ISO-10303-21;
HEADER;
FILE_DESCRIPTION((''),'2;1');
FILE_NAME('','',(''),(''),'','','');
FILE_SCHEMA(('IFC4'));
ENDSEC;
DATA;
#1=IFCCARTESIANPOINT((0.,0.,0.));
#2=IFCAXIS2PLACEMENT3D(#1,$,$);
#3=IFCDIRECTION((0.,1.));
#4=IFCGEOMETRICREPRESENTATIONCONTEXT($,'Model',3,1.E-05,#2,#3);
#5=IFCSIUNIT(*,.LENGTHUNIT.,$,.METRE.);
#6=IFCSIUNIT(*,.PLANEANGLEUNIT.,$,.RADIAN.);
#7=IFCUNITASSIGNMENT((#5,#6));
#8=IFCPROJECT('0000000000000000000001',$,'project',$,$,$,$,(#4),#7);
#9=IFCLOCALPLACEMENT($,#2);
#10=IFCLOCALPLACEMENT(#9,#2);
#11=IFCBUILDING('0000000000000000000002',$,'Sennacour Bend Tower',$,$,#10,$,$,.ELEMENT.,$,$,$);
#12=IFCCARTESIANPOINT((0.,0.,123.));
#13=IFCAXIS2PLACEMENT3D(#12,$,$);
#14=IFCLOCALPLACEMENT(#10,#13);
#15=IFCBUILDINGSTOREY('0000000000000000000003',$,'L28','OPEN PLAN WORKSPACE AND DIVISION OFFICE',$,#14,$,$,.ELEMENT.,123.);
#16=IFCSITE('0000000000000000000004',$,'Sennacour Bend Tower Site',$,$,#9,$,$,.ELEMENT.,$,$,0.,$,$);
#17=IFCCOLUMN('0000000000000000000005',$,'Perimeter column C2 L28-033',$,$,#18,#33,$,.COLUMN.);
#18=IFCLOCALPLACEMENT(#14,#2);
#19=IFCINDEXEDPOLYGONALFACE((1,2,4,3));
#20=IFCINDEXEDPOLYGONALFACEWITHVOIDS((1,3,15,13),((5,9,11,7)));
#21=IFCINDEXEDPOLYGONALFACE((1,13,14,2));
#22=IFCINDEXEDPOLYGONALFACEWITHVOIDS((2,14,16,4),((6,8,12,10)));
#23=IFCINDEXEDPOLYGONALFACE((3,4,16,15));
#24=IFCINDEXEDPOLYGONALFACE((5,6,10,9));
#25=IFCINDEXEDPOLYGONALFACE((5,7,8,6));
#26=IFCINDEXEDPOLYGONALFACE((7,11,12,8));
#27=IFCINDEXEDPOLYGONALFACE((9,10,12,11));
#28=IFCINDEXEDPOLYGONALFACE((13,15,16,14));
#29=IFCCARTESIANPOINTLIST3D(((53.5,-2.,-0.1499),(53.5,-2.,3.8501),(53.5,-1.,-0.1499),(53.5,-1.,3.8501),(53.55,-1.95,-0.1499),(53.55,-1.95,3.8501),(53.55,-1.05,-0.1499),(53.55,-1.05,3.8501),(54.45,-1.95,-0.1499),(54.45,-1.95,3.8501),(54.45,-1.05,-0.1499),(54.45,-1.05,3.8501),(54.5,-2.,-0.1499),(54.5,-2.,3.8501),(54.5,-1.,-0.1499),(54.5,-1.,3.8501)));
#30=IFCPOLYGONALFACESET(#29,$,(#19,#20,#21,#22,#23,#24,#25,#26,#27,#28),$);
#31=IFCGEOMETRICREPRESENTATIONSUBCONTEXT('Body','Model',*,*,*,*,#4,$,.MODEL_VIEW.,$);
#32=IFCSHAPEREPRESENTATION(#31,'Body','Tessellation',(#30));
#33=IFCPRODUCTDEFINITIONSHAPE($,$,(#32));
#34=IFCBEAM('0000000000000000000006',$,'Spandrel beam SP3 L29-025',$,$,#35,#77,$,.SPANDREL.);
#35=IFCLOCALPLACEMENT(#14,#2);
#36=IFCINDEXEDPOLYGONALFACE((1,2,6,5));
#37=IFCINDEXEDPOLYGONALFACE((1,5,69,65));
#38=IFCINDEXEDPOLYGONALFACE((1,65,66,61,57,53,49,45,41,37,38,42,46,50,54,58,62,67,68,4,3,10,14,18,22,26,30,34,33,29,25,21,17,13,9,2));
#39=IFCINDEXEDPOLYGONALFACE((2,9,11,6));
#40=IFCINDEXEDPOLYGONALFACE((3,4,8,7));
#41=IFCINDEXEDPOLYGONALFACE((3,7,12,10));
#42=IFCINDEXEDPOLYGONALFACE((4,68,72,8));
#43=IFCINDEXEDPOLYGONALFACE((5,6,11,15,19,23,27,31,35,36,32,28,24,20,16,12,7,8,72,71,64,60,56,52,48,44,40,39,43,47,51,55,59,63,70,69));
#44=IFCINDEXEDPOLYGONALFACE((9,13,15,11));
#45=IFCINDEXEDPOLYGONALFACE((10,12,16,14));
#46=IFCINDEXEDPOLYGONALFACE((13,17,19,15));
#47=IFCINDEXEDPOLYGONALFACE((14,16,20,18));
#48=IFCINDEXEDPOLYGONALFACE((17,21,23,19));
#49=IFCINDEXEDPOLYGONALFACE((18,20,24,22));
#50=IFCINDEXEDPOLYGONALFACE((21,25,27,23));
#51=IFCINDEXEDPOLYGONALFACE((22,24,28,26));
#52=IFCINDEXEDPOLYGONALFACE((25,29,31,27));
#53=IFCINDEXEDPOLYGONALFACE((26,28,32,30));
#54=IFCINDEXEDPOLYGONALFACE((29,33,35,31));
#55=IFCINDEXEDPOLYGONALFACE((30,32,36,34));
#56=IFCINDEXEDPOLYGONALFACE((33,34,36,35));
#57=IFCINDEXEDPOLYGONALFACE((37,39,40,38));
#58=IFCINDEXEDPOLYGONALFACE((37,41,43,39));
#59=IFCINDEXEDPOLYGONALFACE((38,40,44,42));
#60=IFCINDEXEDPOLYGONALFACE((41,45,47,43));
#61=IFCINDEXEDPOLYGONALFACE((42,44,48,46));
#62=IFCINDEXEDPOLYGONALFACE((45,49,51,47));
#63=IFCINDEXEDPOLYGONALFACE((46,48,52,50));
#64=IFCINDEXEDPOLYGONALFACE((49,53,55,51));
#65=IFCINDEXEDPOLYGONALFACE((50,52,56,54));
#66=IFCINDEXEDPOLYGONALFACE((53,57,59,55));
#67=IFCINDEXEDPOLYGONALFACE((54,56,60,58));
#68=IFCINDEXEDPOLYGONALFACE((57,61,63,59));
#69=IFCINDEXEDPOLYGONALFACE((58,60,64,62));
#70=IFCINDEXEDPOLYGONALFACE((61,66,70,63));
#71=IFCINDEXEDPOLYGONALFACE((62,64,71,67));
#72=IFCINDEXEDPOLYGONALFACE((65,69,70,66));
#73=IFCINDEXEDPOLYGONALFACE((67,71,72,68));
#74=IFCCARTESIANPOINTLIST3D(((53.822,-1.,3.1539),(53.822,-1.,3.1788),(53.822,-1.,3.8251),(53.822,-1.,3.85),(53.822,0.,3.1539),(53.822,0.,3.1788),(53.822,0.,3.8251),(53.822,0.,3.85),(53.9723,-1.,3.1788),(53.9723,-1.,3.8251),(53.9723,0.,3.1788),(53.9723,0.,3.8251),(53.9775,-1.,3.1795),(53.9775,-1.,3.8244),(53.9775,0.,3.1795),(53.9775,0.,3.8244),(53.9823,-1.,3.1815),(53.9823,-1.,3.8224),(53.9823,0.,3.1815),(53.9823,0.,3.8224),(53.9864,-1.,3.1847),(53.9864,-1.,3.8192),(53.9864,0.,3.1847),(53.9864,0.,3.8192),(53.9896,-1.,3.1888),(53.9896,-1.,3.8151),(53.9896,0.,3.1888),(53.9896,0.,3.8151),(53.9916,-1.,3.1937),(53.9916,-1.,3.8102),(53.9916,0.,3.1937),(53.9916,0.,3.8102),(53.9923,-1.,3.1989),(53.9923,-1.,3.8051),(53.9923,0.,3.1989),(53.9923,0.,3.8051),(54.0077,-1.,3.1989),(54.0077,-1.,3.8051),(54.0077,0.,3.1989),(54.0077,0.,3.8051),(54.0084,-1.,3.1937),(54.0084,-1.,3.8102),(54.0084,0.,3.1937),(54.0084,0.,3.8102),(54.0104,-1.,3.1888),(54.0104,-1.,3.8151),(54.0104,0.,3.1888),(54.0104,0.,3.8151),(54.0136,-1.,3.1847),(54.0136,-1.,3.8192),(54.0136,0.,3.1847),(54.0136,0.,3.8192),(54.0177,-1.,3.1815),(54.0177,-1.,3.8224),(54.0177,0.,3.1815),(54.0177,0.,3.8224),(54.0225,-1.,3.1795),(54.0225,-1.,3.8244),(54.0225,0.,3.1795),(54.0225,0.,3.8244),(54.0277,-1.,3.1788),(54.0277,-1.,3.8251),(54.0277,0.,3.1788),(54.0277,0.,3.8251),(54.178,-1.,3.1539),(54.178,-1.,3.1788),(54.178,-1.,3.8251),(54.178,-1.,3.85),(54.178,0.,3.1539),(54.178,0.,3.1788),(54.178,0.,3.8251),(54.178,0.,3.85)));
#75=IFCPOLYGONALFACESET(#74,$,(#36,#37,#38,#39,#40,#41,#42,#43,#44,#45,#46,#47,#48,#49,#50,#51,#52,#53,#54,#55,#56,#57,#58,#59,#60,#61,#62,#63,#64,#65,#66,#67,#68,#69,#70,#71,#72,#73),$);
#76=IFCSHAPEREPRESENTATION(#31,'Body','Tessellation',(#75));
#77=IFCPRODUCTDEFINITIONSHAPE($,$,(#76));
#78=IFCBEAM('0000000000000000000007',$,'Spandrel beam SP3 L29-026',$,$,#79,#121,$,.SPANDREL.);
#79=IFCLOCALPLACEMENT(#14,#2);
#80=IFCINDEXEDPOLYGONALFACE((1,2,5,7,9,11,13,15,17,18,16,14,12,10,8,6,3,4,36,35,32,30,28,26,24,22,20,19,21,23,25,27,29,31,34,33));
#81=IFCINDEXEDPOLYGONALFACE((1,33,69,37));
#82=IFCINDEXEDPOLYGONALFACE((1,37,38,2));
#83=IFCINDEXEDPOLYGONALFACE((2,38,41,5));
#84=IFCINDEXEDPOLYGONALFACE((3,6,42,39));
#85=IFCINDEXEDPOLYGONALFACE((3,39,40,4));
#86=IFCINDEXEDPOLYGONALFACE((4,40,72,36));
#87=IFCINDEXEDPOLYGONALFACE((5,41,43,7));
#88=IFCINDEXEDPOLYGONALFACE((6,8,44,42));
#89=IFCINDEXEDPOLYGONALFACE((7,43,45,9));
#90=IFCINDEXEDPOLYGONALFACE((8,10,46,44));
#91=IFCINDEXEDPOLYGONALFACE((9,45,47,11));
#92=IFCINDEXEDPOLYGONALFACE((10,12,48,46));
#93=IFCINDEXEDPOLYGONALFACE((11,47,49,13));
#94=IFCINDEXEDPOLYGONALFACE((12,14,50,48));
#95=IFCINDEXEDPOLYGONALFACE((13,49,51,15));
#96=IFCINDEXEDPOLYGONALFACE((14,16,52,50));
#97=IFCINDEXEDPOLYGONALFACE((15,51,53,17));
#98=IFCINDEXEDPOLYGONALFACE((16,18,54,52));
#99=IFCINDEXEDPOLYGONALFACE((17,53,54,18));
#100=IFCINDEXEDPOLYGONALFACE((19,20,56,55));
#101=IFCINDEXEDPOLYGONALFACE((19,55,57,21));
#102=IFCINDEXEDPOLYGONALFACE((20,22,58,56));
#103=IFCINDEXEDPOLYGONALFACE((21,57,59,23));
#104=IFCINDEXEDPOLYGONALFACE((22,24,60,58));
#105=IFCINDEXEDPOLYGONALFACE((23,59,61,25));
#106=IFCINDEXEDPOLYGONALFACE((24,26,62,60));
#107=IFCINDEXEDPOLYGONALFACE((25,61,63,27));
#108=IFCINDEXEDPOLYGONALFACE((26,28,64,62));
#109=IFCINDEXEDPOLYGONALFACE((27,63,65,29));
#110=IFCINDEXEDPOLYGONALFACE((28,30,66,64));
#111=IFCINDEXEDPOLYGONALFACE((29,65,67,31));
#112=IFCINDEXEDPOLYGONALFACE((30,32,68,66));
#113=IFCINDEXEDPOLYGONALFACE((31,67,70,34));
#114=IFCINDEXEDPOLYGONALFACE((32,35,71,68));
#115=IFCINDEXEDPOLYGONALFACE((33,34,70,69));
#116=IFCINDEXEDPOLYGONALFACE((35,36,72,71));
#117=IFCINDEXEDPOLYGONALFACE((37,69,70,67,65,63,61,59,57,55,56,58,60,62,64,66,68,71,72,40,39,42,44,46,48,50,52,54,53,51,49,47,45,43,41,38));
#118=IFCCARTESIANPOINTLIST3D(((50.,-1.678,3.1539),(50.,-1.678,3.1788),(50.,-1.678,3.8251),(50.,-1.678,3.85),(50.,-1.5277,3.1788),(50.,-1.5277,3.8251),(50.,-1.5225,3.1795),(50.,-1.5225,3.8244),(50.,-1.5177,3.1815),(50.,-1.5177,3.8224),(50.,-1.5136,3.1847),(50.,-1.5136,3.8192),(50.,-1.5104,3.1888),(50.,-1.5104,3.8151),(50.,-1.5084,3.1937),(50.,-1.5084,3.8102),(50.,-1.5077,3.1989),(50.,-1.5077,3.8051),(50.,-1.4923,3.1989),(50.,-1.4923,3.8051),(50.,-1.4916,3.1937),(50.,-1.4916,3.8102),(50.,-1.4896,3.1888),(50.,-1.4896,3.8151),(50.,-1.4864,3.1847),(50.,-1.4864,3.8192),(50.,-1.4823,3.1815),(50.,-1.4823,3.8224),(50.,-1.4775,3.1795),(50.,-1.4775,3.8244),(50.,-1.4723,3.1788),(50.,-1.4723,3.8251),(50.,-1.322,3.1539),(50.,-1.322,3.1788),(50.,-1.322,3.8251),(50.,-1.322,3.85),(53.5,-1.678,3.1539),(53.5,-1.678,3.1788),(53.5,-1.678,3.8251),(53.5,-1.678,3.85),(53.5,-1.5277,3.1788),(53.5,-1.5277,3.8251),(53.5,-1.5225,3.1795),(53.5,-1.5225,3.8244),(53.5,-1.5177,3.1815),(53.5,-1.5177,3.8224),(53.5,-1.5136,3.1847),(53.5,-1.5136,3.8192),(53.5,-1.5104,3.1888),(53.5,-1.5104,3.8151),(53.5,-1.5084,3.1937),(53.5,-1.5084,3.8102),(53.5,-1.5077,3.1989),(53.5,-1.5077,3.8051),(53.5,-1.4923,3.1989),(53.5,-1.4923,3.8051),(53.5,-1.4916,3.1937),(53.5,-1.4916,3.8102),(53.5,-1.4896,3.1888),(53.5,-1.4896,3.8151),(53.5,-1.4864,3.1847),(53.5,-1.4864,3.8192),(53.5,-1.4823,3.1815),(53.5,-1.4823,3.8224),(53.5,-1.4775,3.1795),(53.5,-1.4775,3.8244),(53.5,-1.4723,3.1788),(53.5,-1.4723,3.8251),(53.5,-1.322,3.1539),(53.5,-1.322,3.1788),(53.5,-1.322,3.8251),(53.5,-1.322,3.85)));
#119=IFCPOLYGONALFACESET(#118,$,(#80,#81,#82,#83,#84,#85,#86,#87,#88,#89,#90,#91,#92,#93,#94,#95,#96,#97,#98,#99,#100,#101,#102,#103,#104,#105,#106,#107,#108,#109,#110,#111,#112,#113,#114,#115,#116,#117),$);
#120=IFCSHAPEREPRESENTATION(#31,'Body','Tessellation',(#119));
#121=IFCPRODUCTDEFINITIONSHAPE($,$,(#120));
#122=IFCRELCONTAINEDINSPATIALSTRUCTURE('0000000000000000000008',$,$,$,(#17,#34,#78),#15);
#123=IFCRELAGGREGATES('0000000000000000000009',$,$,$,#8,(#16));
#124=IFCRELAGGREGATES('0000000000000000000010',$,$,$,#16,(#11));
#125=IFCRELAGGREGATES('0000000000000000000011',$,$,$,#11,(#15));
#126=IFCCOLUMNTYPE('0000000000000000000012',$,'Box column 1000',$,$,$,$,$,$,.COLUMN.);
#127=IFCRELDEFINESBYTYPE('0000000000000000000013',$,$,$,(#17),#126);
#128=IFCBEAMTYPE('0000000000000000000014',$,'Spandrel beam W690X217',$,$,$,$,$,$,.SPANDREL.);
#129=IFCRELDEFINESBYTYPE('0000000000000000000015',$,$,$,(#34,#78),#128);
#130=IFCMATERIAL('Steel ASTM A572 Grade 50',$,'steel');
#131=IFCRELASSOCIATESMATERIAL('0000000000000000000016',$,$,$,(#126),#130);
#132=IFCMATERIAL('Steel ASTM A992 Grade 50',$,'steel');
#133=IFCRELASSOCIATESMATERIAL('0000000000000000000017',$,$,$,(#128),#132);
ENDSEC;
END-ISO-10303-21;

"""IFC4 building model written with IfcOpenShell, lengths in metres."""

from ifc_helpers import new_model, si_unit, direction, frame, origin, origin_2d, place, context, subcontext, project, spatial, hollow_rectangle, i_section, extrude, material, material_profile, profile_set, type_object, element, save


model = new_model("IFC4")

# Units and contexts
model_context = context("Model", 3, precision=1e-05, world=origin(), true_north=direction((0.0, 1.0)))
body_context = subcontext(model_context, "Body", "Model", "MODEL_VIEW")
ifc_project = project(units=[si_unit("LENGTHUNIT", "METRE"), si_unit("PLANEANGLEUNIT", "RADIAN")], contexts=[model_context])

# Site, building, storey
site_placement = place(None, origin())
site = spatial("IfcSite", under=ifc_project, at=site_placement, Name="Sennacour Bend Tower Site", CompositionType="ELEMENT", RefElevation=0.0)
building_placement = place(site_placement, origin())
building = spatial("IfcBuilding", under=site, at=building_placement, Name="Sennacour Bend Tower", CompositionType="ELEMENT")
storey_placement = place(building_placement, frame((0.0, 0.0, 123.0)))
storey = spatial("IfcBuildingStorey", under=building, at=storey_placement, Name="L28", Description="OPEN PLAN WORKSPACE AND DIVISION OFFICE", CompositionType="ELEMENT", Elevation=123.0)

# Column
ifc_material_1 = material(Name="Steel ASTM A572 Grade 50", Category="steel")
ifc_material_profile_1 = material_profile(ifc_material_1, hollow_rectangle(XDim=1.0, YDim=1.0, WallThickness=0.05, at=origin_2d()), Name="Steel ASTM A572 Grade 50", Category="steel")
ifc_profile_set_1 = profile_set([ifc_material_profile_1], Name="Steel ASTM A572 Grade 50")
column_type = type_object("IfcColumnType", Name="Box column 1000", PredefinedType="COLUMN", material=ifc_profile_set_1)
column_placement = place(storey_placement, frame((54.0, -1.5, -0.1499), z_axis=(0.0, 0.0, 1.0), x_axis=(1.0, 0.0, 0.0)))
element("IfcColumn", 1, at=column_placement, inside=storey, type_object=column_type, Name="Perimeter column C2 L28-033", PredefinedType="COLUMN", context=body_context, shape_type="SweptSolid", body=[
    extrude(hollow_rectangle(XDim=1.0, YDim=1.0, WallThickness=0.05, at=origin_2d()), origin(), (0.0, 0.0, 1.0), 4.0),
])

# Beams
ifc_material_2 = material(Name="Steel ASTM A992 Grade 50", Category="steel")
ifc_material_profile_2 = material_profile(ifc_material_2, i_section(OverallWidth=0.356, OverallDepth=0.696, WebThickness=0.0154, FlangeThickness=0.0249, FilletRadius=0.02, at=origin_2d()), Name="Steel ASTM A992 Grade 50", Category="steel")
ifc_profile_set_2 = profile_set([ifc_material_profile_2], Name="Steel ASTM A992 Grade 50")
beam_type = type_object("IfcBeamType", Name="Spandrel beam W690X217", PredefinedType="SPANDREL", material=ifc_profile_set_2)
beam_1_placement = place(storey_placement, frame((54.0, 0.0, 3.502), z_axis=(0.0, -1.0, 0.0), x_axis=(1.0, 0.0, 0.0)))
element("IfcBeam", 2, at=beam_1_placement, inside=storey, type_object=beam_type, Name="Spandrel beam SP3 L29-025", PredefinedType="SPANDREL", context=body_context, shape_type="SweptSolid", body=[
    extrude(i_section(OverallWidth=0.356, OverallDepth=0.696, WebThickness=0.0154, FlangeThickness=0.0249, FilletRadius=0.02, at=origin_2d()), origin(), (0.0, 0.0, 1.0), 1.0),
])
beam_2_placement = place(storey_placement, frame((53.5, -1.5, 3.502), z_axis=(-1.0, 0.0, 0.0), x_axis=(0.0, -1.0, 0.0)))
element("IfcBeam", 3, at=beam_2_placement, inside=storey, type_object=beam_type, Name="Spandrel beam SP3 L29-026", PredefinedType="SPANDREL", context=body_context, shape_type="SweptSolid", body=[
    extrude(i_section(OverallWidth=0.356, OverallDepth=0.696, WebThickness=0.0154, FlangeThickness=0.0249, FilletRadius=0.02, at=origin_2d()), origin(), (0.0, 0.0, 1.0), 3.5),
])

save(model, "model.ifc")
